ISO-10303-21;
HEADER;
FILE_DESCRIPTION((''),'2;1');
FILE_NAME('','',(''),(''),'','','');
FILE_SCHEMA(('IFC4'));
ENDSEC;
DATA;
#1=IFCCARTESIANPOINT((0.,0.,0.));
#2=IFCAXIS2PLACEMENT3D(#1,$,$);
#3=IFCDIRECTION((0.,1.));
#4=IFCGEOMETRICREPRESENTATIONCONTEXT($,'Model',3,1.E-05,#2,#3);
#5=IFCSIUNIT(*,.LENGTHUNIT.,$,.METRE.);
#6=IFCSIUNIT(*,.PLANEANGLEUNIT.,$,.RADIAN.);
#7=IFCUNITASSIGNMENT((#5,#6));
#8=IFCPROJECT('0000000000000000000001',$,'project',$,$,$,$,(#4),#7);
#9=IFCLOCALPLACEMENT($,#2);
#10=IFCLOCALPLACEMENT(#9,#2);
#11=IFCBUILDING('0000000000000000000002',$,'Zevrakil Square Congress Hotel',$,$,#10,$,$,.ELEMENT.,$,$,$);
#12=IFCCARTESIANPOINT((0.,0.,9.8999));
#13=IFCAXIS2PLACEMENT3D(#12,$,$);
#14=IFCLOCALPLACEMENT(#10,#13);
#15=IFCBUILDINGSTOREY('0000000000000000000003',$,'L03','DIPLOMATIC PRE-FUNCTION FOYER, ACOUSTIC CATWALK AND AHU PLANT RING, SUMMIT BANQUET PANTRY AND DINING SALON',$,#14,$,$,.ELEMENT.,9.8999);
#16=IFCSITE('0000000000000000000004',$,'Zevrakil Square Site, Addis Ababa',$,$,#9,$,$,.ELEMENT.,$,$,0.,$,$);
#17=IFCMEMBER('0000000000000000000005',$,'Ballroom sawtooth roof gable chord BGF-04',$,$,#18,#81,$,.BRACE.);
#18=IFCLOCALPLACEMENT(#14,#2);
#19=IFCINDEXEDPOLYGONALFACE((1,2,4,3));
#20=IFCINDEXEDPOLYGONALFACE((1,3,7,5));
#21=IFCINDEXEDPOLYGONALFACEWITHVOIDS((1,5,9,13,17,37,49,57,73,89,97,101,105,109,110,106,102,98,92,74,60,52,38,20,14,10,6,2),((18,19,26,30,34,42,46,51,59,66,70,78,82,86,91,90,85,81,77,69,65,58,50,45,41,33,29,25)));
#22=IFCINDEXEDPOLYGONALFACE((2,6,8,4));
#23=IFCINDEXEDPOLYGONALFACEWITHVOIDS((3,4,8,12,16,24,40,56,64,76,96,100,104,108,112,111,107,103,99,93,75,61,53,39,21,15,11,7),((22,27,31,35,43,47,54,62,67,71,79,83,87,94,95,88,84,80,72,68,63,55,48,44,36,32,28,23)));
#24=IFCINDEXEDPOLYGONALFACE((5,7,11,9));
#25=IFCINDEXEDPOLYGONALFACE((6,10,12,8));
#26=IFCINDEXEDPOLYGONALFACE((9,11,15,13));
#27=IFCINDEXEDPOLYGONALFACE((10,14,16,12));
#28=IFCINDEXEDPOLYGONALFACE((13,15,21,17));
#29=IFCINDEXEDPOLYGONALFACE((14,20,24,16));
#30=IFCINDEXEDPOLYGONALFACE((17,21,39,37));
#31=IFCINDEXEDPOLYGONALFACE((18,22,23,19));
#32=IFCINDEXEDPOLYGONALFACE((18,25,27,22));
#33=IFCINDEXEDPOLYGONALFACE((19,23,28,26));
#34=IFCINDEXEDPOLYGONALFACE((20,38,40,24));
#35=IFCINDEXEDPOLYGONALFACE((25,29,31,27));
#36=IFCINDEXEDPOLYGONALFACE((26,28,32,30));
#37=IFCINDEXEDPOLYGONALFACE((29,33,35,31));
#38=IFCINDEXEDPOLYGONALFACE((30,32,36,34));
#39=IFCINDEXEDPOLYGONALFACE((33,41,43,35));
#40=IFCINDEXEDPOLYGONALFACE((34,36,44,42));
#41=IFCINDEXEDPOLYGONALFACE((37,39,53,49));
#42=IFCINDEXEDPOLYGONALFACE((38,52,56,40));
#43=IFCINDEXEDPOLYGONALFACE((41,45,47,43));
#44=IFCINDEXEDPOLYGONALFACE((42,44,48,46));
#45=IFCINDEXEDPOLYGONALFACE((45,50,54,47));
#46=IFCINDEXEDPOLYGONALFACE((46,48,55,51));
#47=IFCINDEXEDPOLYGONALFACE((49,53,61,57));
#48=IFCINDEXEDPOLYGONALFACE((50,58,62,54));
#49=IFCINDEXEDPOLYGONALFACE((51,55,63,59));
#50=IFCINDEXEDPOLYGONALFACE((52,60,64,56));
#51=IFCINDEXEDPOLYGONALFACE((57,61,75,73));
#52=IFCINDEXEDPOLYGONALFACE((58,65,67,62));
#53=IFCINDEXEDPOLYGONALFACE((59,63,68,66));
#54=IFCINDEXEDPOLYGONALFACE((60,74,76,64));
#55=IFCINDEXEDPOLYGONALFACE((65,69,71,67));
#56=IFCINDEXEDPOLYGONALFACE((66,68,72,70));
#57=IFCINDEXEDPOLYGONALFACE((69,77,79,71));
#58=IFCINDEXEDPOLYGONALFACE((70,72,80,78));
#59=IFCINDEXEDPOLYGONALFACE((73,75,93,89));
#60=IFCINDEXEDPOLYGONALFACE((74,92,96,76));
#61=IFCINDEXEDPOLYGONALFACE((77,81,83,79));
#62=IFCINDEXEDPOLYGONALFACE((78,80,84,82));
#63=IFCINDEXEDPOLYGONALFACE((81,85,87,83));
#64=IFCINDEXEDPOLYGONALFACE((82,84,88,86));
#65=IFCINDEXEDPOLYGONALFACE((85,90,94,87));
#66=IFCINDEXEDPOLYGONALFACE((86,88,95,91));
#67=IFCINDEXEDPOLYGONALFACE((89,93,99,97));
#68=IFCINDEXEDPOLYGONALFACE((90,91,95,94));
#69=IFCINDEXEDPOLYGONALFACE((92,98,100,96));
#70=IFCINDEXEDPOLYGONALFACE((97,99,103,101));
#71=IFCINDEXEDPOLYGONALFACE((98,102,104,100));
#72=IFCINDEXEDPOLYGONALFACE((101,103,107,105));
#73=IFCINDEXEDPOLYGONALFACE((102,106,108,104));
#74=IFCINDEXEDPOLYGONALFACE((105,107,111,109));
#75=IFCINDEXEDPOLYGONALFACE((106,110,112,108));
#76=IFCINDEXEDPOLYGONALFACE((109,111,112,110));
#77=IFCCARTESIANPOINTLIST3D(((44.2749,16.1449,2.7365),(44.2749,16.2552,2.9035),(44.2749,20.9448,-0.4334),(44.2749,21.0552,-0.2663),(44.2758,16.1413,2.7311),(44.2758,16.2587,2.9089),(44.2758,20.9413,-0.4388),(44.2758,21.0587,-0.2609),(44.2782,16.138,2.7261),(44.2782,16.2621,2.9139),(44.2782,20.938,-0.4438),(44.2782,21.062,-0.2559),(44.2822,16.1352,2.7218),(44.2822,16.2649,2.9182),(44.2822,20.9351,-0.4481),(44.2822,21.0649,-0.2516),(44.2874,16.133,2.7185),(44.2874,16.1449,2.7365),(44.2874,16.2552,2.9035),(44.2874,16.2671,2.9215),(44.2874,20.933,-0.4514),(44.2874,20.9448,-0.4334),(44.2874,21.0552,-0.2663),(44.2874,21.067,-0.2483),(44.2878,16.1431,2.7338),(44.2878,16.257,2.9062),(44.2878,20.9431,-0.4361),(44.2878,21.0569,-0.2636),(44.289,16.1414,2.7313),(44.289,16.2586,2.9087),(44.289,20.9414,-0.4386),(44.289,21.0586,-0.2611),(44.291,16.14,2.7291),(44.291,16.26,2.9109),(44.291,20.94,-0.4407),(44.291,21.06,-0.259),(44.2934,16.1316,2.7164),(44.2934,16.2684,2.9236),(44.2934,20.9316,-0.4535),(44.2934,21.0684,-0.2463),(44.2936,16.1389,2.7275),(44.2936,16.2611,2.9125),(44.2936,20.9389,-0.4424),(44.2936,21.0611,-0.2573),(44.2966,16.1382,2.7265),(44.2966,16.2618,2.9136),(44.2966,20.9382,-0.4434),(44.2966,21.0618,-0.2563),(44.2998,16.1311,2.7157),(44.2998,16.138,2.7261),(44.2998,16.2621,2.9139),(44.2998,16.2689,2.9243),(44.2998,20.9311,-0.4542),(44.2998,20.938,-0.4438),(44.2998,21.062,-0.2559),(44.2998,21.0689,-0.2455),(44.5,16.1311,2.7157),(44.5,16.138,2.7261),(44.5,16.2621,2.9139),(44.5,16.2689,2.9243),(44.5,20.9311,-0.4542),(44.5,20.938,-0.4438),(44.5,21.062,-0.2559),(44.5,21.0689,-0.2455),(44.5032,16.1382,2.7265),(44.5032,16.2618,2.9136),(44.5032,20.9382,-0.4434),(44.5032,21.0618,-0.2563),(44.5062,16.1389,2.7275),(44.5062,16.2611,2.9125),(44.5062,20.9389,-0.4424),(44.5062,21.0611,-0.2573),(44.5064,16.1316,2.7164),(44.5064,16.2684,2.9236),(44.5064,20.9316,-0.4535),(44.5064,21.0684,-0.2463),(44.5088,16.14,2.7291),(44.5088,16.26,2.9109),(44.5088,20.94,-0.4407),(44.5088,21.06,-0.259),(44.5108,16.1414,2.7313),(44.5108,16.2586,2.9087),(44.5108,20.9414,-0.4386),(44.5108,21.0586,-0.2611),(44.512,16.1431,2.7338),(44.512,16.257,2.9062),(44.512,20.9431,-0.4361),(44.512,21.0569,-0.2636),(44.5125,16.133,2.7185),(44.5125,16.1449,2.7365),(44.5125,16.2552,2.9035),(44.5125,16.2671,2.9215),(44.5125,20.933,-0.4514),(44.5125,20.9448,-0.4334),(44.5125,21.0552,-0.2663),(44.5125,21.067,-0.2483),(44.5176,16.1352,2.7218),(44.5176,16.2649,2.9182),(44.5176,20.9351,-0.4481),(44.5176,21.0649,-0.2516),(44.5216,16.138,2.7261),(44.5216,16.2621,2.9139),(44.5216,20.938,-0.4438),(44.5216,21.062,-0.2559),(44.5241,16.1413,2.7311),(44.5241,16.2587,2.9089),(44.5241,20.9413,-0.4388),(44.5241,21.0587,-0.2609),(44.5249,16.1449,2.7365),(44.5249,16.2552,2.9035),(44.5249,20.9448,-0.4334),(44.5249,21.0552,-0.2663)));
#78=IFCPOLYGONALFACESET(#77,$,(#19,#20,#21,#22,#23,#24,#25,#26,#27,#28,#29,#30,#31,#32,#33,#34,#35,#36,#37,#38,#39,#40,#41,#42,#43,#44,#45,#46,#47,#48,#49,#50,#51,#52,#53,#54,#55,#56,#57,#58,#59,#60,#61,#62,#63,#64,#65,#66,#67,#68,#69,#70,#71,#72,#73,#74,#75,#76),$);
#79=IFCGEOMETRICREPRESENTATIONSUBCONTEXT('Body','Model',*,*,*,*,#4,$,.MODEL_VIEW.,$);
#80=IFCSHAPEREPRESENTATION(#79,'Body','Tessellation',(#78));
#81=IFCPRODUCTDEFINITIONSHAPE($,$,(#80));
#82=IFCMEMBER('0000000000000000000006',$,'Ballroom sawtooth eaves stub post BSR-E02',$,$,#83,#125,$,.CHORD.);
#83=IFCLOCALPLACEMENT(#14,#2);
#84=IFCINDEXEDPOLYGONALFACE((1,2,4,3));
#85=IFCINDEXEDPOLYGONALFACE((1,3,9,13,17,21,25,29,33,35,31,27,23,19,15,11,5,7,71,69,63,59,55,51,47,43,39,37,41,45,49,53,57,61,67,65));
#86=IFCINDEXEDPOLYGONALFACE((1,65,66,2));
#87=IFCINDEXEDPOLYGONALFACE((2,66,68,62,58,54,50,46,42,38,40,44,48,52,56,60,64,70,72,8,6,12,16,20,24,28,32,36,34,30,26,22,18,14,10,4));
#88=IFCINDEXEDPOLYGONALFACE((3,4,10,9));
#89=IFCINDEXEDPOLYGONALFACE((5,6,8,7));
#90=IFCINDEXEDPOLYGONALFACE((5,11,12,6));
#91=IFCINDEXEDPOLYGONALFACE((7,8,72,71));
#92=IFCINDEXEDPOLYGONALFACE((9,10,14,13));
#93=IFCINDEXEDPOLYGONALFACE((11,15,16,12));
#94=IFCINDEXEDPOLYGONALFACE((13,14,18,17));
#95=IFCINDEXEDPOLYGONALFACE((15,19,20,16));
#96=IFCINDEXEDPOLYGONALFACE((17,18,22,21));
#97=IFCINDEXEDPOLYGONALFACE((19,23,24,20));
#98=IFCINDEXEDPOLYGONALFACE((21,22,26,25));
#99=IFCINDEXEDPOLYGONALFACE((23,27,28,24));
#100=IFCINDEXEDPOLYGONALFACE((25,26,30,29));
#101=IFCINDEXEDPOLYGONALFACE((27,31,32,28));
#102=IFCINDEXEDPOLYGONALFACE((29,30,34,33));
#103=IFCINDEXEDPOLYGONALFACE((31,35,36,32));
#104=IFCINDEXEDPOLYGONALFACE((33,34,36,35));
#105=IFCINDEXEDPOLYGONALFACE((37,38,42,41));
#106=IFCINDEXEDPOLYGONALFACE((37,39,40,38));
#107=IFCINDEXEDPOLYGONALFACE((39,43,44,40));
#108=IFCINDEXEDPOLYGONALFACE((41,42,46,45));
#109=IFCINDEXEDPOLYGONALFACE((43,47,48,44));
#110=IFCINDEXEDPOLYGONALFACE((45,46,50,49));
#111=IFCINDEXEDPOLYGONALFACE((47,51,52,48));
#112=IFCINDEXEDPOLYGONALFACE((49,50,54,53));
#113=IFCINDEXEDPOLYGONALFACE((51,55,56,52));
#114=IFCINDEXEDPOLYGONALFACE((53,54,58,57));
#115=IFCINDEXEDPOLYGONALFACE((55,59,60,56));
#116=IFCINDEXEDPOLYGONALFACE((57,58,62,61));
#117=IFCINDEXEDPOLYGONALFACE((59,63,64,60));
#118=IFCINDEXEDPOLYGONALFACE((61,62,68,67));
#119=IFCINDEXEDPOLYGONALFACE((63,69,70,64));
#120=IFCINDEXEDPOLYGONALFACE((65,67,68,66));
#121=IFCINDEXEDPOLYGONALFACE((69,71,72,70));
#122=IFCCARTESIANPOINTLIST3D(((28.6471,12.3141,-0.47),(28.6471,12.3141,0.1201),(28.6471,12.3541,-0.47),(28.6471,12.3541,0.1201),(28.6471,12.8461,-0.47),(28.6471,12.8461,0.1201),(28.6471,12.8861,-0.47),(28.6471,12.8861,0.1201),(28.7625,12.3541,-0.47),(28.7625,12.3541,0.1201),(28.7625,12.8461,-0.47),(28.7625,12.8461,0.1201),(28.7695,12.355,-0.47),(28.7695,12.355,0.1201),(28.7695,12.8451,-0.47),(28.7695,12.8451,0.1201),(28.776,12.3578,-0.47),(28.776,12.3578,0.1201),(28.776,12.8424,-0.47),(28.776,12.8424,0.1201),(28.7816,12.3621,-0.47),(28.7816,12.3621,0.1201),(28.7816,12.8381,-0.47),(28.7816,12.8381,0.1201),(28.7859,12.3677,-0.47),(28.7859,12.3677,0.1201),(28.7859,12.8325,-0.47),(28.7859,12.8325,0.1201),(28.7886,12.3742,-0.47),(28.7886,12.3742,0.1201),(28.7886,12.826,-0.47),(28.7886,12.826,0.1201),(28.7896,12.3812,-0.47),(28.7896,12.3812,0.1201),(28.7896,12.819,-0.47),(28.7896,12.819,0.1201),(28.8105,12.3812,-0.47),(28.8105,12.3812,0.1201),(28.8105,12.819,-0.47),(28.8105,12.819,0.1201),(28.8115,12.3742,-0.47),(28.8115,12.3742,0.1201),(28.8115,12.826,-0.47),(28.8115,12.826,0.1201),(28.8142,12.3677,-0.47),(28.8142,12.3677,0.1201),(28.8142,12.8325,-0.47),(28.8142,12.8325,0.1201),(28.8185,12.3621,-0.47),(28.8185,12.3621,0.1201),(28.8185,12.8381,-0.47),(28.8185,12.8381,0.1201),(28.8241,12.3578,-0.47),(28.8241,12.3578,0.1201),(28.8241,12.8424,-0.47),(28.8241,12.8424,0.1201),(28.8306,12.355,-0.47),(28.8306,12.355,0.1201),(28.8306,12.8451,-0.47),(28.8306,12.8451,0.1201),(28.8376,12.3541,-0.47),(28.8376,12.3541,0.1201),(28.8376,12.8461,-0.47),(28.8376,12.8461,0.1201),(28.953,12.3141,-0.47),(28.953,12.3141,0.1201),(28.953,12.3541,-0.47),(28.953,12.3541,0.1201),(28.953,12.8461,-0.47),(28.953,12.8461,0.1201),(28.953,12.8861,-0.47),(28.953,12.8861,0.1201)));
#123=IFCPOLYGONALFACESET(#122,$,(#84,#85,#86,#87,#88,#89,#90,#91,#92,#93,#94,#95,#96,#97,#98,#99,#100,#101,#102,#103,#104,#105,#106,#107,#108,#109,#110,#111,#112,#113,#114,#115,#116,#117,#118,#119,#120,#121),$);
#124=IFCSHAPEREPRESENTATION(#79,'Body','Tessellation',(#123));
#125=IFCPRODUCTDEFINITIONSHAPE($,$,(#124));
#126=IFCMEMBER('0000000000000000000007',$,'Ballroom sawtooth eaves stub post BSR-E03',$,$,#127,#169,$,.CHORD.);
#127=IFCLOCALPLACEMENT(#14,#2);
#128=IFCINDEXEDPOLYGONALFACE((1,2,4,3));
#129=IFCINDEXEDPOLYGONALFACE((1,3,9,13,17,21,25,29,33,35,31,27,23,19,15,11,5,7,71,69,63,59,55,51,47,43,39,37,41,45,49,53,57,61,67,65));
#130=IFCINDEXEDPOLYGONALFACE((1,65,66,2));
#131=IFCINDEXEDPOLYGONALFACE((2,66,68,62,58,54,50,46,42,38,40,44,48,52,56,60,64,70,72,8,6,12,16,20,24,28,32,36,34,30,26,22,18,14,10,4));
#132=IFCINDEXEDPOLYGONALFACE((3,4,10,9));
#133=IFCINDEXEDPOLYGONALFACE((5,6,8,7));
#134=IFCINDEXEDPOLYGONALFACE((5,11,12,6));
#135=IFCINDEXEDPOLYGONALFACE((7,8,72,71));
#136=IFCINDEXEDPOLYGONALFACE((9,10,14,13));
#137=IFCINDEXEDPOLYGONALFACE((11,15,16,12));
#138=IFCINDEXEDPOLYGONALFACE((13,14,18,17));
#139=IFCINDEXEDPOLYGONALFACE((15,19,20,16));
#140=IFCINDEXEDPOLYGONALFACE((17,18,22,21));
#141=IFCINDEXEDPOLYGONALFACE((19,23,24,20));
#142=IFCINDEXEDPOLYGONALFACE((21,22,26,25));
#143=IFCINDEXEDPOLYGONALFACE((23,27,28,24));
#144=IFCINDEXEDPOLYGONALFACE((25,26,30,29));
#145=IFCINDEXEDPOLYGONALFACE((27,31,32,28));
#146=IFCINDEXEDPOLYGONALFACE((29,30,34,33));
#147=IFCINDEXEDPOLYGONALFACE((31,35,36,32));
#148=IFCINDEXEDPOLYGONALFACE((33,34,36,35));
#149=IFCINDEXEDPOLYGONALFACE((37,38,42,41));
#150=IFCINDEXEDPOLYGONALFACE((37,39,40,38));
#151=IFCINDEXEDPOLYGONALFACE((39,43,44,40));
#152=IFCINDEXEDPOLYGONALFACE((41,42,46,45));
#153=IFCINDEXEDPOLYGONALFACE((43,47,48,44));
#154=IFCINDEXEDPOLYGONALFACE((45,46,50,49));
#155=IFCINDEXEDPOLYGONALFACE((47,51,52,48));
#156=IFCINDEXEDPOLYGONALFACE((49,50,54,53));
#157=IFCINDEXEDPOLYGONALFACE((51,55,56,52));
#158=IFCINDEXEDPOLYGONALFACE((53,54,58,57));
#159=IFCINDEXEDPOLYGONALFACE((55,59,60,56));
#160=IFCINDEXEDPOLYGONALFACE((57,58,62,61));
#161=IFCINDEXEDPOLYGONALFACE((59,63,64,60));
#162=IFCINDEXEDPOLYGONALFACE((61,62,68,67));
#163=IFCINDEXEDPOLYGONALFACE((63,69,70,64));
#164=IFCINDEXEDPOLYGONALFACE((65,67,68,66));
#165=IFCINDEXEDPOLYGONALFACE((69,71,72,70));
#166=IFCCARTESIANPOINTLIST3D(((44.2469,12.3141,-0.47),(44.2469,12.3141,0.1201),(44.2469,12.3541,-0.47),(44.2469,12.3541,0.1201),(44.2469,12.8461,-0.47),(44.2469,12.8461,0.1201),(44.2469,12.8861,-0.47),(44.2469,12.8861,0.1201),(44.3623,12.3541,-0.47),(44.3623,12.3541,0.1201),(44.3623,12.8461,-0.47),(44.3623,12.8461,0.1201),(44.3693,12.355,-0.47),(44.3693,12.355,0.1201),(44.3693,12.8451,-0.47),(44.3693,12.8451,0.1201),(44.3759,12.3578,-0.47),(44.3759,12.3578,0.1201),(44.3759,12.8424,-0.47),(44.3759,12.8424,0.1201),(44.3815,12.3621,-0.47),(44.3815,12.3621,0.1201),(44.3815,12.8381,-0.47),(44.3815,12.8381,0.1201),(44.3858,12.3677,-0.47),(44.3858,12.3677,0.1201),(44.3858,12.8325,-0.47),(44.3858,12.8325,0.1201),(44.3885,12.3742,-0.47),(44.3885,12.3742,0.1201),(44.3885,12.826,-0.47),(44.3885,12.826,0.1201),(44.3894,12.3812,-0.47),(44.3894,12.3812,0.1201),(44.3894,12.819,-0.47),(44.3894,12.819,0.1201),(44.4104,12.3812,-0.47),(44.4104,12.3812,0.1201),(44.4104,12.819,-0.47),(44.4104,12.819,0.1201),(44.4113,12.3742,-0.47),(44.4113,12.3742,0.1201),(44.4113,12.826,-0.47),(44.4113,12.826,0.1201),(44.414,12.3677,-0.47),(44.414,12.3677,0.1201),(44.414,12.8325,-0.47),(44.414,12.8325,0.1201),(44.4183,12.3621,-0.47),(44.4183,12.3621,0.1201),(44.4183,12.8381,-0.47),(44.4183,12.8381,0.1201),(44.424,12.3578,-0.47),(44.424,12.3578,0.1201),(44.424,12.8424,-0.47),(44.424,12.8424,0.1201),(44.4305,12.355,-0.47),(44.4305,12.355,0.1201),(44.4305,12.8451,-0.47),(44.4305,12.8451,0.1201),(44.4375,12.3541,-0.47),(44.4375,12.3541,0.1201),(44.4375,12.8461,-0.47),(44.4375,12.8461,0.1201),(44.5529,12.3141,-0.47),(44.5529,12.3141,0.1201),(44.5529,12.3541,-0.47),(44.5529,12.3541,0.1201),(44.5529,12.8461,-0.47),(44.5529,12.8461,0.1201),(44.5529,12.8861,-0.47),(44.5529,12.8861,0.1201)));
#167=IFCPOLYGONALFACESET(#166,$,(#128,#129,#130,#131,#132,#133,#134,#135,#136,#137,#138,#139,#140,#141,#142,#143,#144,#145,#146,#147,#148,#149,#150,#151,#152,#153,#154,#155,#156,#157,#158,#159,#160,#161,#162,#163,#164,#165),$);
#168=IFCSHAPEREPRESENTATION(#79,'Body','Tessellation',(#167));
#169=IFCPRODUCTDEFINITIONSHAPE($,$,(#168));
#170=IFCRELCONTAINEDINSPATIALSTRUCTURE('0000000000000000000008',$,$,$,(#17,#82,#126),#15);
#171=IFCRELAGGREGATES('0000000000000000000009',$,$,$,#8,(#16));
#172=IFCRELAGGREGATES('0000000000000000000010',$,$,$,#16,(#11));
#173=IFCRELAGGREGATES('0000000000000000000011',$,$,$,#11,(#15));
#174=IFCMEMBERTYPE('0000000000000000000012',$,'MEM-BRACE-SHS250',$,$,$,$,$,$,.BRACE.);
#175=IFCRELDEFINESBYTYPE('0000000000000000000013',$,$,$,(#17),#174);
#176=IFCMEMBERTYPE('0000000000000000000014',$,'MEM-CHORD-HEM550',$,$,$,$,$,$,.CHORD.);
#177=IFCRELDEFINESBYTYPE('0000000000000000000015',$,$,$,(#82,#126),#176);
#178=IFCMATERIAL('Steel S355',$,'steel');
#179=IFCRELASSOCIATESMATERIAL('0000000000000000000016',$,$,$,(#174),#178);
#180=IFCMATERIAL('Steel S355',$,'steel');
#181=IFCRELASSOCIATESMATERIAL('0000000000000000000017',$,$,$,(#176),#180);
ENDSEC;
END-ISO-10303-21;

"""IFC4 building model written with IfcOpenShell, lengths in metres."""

from ifc_helpers import new_model, si_unit, direction, frame, origin, origin_2d, place, context, subcontext, project, spatial, hollow_rectangle, i_section, extrude, material, material_profile, profile_set, type_object, element, save


model = new_model("IFC4")

# Units and contexts
model_context = context("Model", 3, precision=1e-05, world=origin(), true_north=direction((0.0, 1.0)))
body_context = subcontext(model_context, "Body", "Model", "MODEL_VIEW")
ifc_project = project(units=[si_unit("LENGTHUNIT", "METRE"), si_unit("PLANEANGLEUNIT", "RADIAN")], contexts=[model_context])

# Site, building, storey
site_placement = place(None, origin())
site = spatial("IfcSite", under=ifc_project, at=site_placement, Name="Zevrakil Square Site, Addis Ababa", CompositionType="ELEMENT", RefElevation=0.0)
building_placement = place(site_placement, origin())
building = spatial("IfcBuilding", under=site, at=building_placement, Name="Zevrakil Square Congress Hotel", CompositionType="ELEMENT")
storey_placement = place(building_placement, frame((0.0, 0.0, 9.8999)))
storey = spatial("IfcBuildingStorey", under=building, at=storey_placement, Name="L03", Description="DIPLOMATIC PRE-FUNCTION FOYER, ACOUSTIC CATWALK AND AHU PLANT RING, SUMMIT BANQUET PANTRY AND DINING SALON", CompositionType="ELEMENT", Elevation=9.8999)

# Members
ifc_material_1 = material(Name="Steel S355", Category="steel")
ifc_material_profile_1 = material_profile(ifc_material_1, hollow_rectangle(XDim=0.25, YDim=0.25, WallThickness=0.0125, InnerFilletRadius=0.0125, OuterFilletRadius=0.0249, at=origin_2d()), Name="SHS 250x250x12.5")
ifc_profile_set_1 = profile_set([ifc_material_profile_1], Name="Steel S355")
member_type_1 = type_object("IfcMemberType", Name="MEM-BRACE-SHS250", PredefinedType="BRACE", material=ifc_profile_set_1)
member_1_placement = place(storey_placement, frame((44.3999, 21.0, -0.3499), z_axis=(0.0, -0.834458, 0.551071), x_axis=(1.0, 0.0, 0.0)))
element("IfcMember", 1, at=member_1_placement, inside=storey, type_object=member_type_1, Name="Ballroom sawtooth roof gable chord BGF-04", PredefinedType="BRACE", context=body_context, shape_type="SweptSolid", body=[
    extrude(hollow_rectangle(XDim=0.25, YDim=0.25, WallThickness=0.0125, InnerFilletRadius=0.0125, OuterFilletRadius=0.0249, at=origin_2d()), origin(), (0.0, 0.0, 1.0), 5.7522),
])
ifc_material_2 = material(Name="Steel S355", Category="steel")
ifc_material_profile_2 = material_profile(ifc_material_2, i_section(OverallWidth=0.3059, OverallDepth=0.572, WebThickness=0.021, FlangeThickness=0.04, FilletRadius=0.0271, at=origin_2d()), Name="HEM 550")
ifc_profile_set_2 = profile_set([ifc_material_profile_2], Name="Steel S355")
member_type_2 = type_object("IfcMemberType", Name="MEM-CHORD-HEM550", PredefinedType="CHORD", material=ifc_profile_set_2)
for number, where, z_axis, x_axis, name in (
    (2, (28.8, 12.6001, -0.47), (0.0, 0.0, 1.0), (1.0, 0.0, 0.0), "Ballroom sawtooth eaves stub post BSR-E02"),
    (3, (44.3999, 12.6001, -0.47), (0.0, 0.0, 1.0), (1.0, 0.0, 0.0), "Ballroom sawtooth eaves stub post BSR-E03"),
):
    element("IfcMember", number, at=place(storey_placement, frame(where, z_axis=z_axis, x_axis=x_axis)), inside=storey, type_object=member_type_2, Name=name, PredefinedType="CHORD", context=body_context, shape_type="SweptSolid", body=[
        extrude(i_section(OverallWidth=0.3059, OverallDepth=0.572, WebThickness=0.021, FlangeThickness=0.04, FilletRadius=0.0271, at=origin_2d()), origin(), (0.0, 0.0, 1.0), 0.5901),
    ])

save(model, "model.ifc")
